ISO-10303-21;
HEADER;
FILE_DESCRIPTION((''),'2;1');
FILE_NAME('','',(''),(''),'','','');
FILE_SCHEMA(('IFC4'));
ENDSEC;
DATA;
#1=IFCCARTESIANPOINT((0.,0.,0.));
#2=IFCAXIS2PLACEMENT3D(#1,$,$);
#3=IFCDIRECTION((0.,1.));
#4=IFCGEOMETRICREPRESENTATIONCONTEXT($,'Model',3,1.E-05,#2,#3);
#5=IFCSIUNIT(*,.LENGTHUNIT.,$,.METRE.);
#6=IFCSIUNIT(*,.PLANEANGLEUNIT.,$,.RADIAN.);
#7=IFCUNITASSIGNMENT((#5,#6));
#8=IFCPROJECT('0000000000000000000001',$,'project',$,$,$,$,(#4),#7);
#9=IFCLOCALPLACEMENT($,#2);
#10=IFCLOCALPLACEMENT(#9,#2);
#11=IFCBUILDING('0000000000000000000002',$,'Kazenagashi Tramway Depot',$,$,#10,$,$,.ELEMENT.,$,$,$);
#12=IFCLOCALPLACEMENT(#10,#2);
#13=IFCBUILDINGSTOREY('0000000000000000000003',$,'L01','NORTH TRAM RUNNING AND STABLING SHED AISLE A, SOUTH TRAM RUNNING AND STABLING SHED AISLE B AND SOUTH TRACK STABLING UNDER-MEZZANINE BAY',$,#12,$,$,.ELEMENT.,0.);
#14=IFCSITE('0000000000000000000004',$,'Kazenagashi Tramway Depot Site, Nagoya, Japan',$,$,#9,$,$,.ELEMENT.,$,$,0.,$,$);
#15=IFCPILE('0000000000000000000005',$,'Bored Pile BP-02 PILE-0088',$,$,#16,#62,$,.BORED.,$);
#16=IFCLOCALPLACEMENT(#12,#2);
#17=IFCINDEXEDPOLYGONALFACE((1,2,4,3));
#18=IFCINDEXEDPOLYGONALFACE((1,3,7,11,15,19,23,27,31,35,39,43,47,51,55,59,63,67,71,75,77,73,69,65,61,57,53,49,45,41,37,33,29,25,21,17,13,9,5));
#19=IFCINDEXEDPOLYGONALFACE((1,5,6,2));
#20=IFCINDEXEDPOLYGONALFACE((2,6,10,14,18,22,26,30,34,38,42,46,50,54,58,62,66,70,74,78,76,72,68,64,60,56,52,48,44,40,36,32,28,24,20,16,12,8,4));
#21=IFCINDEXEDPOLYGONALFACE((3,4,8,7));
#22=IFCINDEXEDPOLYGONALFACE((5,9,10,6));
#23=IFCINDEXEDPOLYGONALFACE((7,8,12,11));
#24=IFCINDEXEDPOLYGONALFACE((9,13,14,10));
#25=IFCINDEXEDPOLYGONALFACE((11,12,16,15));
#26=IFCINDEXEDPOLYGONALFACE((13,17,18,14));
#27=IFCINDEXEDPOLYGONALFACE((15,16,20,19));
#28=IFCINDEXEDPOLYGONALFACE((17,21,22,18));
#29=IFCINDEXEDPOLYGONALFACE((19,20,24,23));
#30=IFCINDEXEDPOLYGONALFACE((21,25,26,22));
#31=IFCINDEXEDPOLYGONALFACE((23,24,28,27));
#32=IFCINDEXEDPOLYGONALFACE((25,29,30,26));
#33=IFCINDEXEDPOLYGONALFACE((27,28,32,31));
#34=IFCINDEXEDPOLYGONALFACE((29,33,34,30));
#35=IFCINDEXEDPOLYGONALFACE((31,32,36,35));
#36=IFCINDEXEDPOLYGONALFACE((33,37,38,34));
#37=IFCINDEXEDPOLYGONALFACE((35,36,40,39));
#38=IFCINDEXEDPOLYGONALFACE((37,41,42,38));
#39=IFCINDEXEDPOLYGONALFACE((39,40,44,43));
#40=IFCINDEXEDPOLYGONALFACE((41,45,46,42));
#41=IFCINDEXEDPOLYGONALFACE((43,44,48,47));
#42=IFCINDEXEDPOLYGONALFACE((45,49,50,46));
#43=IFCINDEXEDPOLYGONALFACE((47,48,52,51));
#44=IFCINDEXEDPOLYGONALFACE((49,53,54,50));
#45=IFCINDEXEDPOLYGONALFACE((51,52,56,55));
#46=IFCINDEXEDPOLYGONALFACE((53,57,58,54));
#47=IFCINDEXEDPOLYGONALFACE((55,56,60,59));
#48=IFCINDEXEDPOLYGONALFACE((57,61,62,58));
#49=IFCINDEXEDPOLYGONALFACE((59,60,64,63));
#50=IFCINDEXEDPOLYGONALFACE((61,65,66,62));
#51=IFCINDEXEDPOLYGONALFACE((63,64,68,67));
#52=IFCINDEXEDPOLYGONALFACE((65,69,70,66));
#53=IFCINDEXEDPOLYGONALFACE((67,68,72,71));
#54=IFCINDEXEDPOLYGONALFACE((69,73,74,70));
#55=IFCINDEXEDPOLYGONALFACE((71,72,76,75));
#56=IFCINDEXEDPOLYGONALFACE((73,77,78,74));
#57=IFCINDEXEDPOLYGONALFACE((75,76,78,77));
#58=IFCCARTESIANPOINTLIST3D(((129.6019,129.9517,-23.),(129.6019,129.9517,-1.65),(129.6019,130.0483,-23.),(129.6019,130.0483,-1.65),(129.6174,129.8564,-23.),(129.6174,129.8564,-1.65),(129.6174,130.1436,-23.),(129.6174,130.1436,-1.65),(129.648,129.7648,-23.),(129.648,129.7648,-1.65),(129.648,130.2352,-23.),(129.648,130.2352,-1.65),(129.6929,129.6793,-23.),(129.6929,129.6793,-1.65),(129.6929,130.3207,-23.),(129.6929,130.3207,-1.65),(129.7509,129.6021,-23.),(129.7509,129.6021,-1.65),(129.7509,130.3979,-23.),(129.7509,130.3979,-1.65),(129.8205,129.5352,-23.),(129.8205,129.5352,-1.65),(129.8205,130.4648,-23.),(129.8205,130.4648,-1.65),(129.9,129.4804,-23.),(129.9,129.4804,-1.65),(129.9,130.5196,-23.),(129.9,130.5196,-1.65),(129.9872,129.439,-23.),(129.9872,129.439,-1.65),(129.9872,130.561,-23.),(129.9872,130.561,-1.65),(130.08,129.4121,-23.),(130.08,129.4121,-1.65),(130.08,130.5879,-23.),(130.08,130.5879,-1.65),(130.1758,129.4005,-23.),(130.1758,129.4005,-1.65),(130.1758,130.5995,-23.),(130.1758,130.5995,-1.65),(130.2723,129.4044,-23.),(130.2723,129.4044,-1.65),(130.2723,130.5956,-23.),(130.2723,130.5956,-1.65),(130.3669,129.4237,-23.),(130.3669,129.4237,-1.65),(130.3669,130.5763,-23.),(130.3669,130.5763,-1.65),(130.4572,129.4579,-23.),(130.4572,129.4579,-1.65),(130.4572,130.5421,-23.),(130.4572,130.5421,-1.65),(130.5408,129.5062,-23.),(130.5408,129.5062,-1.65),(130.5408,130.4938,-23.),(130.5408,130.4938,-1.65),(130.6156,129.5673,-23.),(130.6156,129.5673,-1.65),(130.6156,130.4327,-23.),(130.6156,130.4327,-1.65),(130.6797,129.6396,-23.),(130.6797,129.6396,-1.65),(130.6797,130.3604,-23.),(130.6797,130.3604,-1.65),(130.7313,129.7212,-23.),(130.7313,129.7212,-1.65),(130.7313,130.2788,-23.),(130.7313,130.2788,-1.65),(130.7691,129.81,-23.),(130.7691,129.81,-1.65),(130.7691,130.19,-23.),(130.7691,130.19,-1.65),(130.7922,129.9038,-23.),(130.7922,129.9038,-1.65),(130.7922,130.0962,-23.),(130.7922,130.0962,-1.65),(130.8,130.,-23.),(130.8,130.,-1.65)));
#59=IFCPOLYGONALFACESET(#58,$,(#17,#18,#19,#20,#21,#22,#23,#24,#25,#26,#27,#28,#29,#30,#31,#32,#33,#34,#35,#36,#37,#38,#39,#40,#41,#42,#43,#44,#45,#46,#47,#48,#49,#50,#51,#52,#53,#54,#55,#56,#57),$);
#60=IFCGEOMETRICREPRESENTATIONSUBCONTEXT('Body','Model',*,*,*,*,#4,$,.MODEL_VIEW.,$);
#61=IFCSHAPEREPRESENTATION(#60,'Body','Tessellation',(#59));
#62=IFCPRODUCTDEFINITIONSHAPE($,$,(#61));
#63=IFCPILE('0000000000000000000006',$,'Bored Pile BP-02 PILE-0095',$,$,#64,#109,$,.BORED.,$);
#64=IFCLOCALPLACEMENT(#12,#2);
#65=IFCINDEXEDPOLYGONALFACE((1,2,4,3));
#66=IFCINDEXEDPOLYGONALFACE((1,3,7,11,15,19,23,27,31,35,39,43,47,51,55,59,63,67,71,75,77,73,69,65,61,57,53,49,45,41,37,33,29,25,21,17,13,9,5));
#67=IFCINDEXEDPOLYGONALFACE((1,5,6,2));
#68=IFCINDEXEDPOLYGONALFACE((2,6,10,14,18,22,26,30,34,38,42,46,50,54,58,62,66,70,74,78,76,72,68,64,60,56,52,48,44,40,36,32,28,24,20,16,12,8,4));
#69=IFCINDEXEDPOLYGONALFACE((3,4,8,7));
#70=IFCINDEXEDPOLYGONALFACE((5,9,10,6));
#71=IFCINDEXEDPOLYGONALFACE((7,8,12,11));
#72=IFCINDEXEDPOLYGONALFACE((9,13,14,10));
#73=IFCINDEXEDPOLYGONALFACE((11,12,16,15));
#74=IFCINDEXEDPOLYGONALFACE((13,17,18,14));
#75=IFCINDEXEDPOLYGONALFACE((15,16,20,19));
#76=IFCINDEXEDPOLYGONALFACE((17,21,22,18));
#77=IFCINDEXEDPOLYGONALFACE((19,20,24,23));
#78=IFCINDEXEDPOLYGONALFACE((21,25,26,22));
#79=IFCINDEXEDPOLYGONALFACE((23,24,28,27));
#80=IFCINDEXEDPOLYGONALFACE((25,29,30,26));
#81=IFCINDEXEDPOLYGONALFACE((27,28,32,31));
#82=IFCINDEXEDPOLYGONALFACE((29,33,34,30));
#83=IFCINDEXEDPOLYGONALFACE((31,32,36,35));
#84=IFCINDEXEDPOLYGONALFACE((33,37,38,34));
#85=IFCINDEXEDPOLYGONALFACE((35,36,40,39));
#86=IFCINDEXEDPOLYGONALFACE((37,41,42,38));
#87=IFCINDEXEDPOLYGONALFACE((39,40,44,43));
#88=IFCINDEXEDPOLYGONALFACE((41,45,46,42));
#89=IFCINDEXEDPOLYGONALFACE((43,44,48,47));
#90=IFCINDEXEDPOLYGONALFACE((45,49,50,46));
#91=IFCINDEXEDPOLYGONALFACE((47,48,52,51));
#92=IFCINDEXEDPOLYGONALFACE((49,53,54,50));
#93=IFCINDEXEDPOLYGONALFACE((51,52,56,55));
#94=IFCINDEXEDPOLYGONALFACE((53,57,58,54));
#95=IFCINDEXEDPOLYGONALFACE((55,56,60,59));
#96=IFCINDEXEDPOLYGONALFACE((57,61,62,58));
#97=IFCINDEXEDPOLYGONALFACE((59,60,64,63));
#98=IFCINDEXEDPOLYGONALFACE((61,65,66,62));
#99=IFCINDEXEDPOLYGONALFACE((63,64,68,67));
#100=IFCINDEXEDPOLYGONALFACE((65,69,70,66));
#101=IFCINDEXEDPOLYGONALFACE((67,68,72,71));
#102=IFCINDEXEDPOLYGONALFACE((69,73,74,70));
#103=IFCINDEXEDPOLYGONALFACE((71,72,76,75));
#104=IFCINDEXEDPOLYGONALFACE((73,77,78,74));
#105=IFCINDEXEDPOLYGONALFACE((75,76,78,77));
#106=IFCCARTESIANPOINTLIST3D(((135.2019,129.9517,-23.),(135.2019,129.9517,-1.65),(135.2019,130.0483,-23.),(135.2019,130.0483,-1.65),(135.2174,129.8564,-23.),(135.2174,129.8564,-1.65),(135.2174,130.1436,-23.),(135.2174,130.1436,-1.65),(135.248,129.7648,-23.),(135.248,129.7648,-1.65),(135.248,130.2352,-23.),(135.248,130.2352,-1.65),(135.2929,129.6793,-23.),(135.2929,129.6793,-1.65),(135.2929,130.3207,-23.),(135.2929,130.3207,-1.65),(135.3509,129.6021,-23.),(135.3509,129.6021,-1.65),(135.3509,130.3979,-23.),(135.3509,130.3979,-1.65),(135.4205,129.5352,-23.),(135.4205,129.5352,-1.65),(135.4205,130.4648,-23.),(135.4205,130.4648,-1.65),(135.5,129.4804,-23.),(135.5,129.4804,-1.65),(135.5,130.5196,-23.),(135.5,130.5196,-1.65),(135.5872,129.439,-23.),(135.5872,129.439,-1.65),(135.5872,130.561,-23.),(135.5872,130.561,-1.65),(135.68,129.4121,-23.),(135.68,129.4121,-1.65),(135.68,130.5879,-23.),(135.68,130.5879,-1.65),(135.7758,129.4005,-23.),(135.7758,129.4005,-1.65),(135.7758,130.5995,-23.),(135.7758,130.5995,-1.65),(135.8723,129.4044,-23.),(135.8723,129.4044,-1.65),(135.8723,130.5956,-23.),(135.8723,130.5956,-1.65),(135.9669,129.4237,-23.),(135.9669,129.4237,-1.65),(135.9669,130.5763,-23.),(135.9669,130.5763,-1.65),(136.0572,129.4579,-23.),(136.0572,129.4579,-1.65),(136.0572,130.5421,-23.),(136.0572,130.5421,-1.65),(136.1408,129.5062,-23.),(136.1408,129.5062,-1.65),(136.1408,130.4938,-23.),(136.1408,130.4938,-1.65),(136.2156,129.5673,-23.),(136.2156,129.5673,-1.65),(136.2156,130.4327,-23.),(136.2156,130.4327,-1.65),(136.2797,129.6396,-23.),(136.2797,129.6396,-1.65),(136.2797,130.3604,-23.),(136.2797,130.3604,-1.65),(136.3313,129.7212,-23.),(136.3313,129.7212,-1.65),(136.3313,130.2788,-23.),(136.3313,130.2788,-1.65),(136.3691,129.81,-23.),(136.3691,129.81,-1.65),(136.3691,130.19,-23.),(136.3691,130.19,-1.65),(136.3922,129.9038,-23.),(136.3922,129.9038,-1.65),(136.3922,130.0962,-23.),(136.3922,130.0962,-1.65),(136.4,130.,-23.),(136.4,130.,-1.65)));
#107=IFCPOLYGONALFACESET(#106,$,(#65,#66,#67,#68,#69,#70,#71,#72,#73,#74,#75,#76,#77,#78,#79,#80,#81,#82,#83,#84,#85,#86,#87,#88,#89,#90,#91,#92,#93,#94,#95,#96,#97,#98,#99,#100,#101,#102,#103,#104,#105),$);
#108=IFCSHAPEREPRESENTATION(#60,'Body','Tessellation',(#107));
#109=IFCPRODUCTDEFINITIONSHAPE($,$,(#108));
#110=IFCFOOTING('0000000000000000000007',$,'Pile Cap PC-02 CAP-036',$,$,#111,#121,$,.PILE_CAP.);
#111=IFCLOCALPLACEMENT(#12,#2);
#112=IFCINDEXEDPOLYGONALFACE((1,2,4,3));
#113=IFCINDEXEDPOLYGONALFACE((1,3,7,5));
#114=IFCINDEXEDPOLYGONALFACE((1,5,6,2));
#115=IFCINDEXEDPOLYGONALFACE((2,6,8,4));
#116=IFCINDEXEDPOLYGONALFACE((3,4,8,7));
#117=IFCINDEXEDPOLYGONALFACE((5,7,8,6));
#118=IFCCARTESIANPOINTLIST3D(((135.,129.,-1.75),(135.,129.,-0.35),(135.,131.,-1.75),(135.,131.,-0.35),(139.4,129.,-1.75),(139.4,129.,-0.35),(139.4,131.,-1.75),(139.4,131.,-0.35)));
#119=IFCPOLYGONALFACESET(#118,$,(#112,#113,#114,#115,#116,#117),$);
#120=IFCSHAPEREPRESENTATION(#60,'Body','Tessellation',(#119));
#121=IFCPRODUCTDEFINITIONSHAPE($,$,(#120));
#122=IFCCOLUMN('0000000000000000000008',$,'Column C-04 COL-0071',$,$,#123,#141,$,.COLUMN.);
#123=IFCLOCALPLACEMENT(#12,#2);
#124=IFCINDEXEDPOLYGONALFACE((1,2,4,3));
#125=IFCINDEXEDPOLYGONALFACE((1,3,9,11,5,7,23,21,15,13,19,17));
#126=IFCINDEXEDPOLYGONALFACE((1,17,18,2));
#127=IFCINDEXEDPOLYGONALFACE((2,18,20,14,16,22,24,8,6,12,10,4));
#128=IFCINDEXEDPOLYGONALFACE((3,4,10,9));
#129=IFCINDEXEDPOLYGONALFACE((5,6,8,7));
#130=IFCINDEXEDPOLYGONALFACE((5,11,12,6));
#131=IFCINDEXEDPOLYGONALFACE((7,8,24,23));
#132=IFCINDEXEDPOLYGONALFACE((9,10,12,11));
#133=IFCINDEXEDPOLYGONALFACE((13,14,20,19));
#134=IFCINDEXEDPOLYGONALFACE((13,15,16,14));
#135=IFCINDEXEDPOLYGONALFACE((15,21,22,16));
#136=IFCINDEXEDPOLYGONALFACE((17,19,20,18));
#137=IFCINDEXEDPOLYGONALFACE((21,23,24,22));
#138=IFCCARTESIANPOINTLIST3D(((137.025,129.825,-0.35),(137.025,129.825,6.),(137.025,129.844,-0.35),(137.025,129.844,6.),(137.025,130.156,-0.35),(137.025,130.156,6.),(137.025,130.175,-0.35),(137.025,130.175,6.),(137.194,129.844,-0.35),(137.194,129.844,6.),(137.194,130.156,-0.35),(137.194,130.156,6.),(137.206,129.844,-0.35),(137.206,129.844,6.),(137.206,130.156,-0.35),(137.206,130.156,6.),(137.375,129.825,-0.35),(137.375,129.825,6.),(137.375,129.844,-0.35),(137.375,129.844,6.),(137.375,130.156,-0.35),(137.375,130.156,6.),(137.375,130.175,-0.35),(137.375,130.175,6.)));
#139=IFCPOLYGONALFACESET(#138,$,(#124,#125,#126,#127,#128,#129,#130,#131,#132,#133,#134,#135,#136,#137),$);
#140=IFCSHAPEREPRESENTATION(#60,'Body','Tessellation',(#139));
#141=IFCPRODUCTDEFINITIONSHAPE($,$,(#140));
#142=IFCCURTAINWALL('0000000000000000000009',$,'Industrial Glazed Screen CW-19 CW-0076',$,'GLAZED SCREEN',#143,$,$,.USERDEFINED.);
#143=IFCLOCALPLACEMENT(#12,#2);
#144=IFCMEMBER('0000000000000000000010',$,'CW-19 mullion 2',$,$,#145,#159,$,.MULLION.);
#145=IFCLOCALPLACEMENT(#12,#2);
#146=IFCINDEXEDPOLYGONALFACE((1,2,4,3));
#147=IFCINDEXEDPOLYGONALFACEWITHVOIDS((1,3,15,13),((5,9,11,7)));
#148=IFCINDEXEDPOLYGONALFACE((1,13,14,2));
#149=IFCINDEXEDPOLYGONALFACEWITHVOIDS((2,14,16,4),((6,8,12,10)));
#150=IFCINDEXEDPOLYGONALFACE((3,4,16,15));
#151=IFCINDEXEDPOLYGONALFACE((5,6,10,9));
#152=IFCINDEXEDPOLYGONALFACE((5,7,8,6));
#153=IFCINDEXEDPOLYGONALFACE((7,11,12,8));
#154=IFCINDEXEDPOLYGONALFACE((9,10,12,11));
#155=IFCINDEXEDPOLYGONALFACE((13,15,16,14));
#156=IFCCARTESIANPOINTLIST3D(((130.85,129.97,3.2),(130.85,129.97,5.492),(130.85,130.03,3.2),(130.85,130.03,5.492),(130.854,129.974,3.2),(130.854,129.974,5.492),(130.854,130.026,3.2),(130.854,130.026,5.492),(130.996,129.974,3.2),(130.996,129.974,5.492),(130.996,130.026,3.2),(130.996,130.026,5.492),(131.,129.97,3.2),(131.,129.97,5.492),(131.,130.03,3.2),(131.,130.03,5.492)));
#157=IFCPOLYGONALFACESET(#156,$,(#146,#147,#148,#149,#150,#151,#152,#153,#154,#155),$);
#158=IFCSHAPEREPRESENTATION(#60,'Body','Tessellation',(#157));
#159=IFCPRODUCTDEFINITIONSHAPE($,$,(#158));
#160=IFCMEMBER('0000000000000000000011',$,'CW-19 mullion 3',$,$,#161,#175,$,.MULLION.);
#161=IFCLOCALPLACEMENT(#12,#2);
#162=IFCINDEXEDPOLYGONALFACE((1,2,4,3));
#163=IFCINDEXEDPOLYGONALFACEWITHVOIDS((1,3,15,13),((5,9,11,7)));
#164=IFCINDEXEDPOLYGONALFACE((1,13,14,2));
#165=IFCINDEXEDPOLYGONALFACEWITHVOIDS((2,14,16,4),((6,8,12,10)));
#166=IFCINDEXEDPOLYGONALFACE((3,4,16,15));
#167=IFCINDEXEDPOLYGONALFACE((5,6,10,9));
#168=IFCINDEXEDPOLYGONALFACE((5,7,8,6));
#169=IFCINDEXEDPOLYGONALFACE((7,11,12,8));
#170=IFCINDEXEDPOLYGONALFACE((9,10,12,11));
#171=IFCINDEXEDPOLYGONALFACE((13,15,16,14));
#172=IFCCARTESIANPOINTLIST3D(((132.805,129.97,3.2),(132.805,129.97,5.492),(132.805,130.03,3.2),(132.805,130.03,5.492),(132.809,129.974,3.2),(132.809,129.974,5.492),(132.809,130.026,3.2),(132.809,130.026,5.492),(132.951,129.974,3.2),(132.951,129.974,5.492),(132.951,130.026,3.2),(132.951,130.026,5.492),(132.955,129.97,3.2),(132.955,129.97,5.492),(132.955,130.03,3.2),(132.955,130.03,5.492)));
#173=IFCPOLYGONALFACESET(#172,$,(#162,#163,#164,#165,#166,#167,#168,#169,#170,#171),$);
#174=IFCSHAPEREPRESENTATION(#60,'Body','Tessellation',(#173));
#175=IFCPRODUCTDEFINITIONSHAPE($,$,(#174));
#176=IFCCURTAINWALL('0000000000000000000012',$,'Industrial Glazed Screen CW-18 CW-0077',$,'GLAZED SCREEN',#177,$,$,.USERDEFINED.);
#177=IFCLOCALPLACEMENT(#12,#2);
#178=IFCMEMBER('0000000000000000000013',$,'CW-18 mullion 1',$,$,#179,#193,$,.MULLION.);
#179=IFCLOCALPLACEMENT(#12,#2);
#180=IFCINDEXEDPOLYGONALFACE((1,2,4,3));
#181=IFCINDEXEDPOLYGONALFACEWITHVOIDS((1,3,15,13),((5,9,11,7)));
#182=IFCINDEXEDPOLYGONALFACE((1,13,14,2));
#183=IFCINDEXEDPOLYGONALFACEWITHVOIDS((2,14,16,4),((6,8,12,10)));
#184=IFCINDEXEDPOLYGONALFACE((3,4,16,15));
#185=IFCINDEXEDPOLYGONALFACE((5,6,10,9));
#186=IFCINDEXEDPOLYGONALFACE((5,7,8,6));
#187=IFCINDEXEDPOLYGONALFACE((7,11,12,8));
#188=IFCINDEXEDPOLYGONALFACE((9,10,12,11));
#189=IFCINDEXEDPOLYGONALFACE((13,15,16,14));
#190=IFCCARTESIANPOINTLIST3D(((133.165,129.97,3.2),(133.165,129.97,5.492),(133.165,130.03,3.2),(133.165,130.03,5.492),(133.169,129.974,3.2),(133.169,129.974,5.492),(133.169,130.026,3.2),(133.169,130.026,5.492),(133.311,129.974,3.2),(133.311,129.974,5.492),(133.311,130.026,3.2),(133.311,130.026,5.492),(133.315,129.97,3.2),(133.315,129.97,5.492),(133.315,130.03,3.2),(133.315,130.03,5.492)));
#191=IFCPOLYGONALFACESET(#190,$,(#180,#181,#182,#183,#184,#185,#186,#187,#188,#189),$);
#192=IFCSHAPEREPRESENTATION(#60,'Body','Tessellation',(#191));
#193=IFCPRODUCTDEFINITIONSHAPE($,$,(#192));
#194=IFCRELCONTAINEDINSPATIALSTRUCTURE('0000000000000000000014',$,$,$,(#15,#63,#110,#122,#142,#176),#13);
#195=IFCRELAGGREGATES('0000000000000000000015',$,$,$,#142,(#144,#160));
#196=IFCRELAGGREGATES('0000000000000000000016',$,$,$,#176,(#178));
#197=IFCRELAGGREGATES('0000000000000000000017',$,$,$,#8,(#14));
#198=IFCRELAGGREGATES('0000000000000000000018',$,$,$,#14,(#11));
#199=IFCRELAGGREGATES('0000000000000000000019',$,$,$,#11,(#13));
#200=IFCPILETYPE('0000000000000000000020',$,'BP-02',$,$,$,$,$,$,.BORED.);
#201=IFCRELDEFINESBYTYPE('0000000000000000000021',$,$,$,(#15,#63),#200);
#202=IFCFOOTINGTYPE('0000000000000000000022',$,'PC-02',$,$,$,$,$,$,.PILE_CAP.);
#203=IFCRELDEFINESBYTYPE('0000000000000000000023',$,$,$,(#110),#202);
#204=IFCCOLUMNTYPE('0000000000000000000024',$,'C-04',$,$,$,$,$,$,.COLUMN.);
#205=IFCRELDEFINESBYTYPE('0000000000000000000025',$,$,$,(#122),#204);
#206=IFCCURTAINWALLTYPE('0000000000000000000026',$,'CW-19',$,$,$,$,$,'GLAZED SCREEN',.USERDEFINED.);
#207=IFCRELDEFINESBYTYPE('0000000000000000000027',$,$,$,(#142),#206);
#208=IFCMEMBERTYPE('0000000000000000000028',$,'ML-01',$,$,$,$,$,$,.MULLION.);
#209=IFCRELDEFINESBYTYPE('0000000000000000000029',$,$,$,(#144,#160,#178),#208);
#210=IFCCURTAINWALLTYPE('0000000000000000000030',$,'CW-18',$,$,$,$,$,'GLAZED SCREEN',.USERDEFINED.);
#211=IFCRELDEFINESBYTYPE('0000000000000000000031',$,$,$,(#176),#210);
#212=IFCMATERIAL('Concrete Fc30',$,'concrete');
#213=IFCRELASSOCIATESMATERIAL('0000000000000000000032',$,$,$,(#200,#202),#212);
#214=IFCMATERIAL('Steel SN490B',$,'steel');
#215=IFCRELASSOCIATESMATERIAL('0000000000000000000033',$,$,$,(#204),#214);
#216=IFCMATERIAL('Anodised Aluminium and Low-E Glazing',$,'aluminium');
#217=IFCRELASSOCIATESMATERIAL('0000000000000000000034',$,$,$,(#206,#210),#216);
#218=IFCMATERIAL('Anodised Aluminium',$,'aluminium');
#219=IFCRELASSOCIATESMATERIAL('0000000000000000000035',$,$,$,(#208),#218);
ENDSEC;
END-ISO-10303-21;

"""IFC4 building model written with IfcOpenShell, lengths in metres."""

from ifc_helpers import new_model, si_unit, direction, frame, origin, origin_2d, place, context, subcontext, project, spatial, rectangle, hollow_rectangle, circle, i_section, extrude, material, material_profile, profile_set, type_object, element, aggregate, save


model = new_model("IFC4")

# Units and contexts
model_context = context("Model", 3, precision=1e-05, world=origin(), true_north=direction((0.0, 1.0)))
body_context = subcontext(model_context, "Body", "Model", "MODEL_VIEW")
ifc_project = project(units=[si_unit("LENGTHUNIT", "METRE"), si_unit("PLANEANGLEUNIT", "RADIAN")], contexts=[model_context])

# Site, building, storey
site_placement = place(None, origin())
site = spatial("IfcSite", under=ifc_project, at=site_placement, Name="Kazenagashi Tramway Depot Site, Nagoya, Japan", CompositionType="ELEMENT", RefElevation=0.0)
building_placement = place(site_placement, origin())
building = spatial("IfcBuilding", under=site, at=building_placement, Name="Kazenagashi Tramway Depot", CompositionType="ELEMENT")
storey_placement = place(building_placement, origin())
storey = spatial("IfcBuildingStorey", under=building, at=storey_placement, Name="L01", Description="NORTH TRAM RUNNING AND STABLING SHED AISLE A, SOUTH TRAM RUNNING AND STABLING SHED AISLE B AND SOUTH TRACK STABLING UNDER-MEZZANINE BAY", CompositionType="ELEMENT", Elevation=0.0)

# Piles
ifc_material_1 = material(Name="Concrete Fc30", Category="concrete")
ifc_material_profile_1 = material_profile(ifc_material_1, circle(Radius=0.6, at=origin_2d()), Name="PILE-1200")
ifc_profile_set_1 = profile_set([ifc_material_profile_1], Name="Concrete Fc30")
pile_type = type_object("IfcPileType", Name="BP-02", PredefinedType="BORED", material=ifc_profile_set_1)
for number, where, z_axis, x_axis, name in (
    (1, (130.2, 130.0, -1.65), (0.0, 0.0, -1.0), (1.0, 0.0, 0.0), "Bored Pile BP-02 PILE-0088"),
    (2, (135.8, 130.0, -1.65), (0.0, 0.0, -1.0), (1.0, 0.0, 0.0), "Bored Pile BP-02 PILE-0095"),
):
    element("IfcPile", number, at=place(storey_placement, frame(where, z_axis=z_axis, x_axis=x_axis)), inside=storey, type_object=pile_type, Name=name, PredefinedType="BORED", context=body_context, shape_type="SweptSolid", body=[
        extrude(circle(Radius=0.6, at=origin_2d()), origin(), (0.0, 0.0, 1.0), 21.35),
    ])

# Footing
footing_type = type_object("IfcFootingType", Name="PC-02", PredefinedType="PILE_CAP", material=ifc_material_1)
footing_placement = place(storey_placement, frame((137.2, 130.0, -1.75), z_axis=(0.0, 0.0, 1.0), x_axis=(1.0, 0.0, 0.0)))
element("IfcFooting", 3, at=footing_placement, inside=storey, type_object=footing_type, Name="Pile Cap PC-02 CAP-036", PredefinedType="PILE_CAP", context=body_context, shape_type="SweptSolid", body=[
    extrude(rectangle(XDim=4.4, YDim=2.0, at=origin_2d()), origin(), (0.0, 0.0, 1.0), 1.4),
])

# Column
ifc_material_2 = material(Name="Steel SN490B", Category="steel")
ifc_material_profile_2 = material_profile(ifc_material_2, i_section(OverallWidth=0.35, OverallDepth=0.35, WebThickness=0.012, FlangeThickness=0.019, at=origin_2d()), Name="H-350x350x12x19")
ifc_profile_set_2 = profile_set([ifc_material_profile_2], Name="Steel SN490B")
column_type = type_object("IfcColumnType", Name="C-04", PredefinedType="COLUMN", material=ifc_profile_set_2)
column_placement = place(storey_placement, frame((137.2, 130.0, -0.35), z_axis=(0.0, 0.0, 1.0), x_axis=(1.0, 0.0, 0.0)))
element("IfcColumn", 4, at=column_placement, inside=storey, type_object=column_type, Name="Column C-04 COL-0071", PredefinedType="COLUMN", context=body_context, shape_type="SweptSolid", body=[
    extrude(i_section(OverallWidth=0.35, OverallDepth=0.35, WebThickness=0.012, FlangeThickness=0.019, at=origin_2d()), origin(), (0.0, 0.0, 1.0), 6.35),
])

# Curtain walls, members
ifc_material_3 = material(Name="Anodised Aluminium and Low-E Glazing", Category="aluminium")
curtain_wall_type_1 = type_object("IfcCurtainWallType", Name="CW-19", ElementType="GLAZED SCREEN", PredefinedType="USERDEFINED", material=ifc_material_3)
curtain_wall_1_placement = place(storey_placement, origin())
curtain_wall_1 = element("IfcCurtainWall", 5, at=curtain_wall_1_placement, inside=storey, type_object=curtain_wall_type_1, Name="Industrial Glazed Screen CW-19 CW-0076", ObjectType="GLAZED SCREEN", PredefinedType="USERDEFINED")
ifc_material_4 = material(Name="Anodised Aluminium", Category="aluminium")
ifc_material_profile_3 = material_profile(ifc_material_4, hollow_rectangle(XDim=0.06, YDim=0.15, WallThickness=0.004, at=origin_2d()), Name="RHS-150x60x4")
ifc_profile_set_3 = profile_set([ifc_material_profile_3], Name="Anodised Aluminium")
member_type_1 = type_object("IfcMemberType", Name="ML-01", PredefinedType="MULLION", material=ifc_profile_set_3)
member_1_placement = place(storey_placement, frame((130.925, 130.0, 3.2), z_axis=(0.0, 0.0, 1.0), x_axis=(0.0, 1.0, 0.0)))
member_1 = element("IfcMember", 6, at=member_1_placement, type_object=member_type_1, Name="CW-19 mullion 2", PredefinedType="MULLION", context=body_context, shape_type="SweptSolid", body=[
    extrude(hollow_rectangle(XDim=0.06, YDim=0.15, WallThickness=0.004, at=origin_2d()), origin(), (0.0, 0.0, 1.0), 2.292),
])
member_2_placement = place(storey_placement, frame((132.88, 130.0, 3.2), z_axis=(0.0, 0.0, 1.0), x_axis=(0.0, 1.0, 0.0)))
member_2 = element("IfcMember", 7, at=member_2_placement, type_object=member_type_1, Name="CW-19 mullion 3", PredefinedType="MULLION", context=body_context, shape_type="SweptSolid", body=[
    extrude(hollow_rectangle(XDim=0.06, YDim=0.15, WallThickness=0.004, at=origin_2d()), origin(), (0.0, 0.0, 1.0), 2.292),
])
curtain_wall_type_2 = type_object("IfcCurtainWallType", Name="CW-18", ElementType="GLAZED SCREEN", PredefinedType="USERDEFINED", material=ifc_material_3)
curtain_wall_2_placement = place(storey_placement, origin())
curtain_wall_2 = element("IfcCurtainWall", 8, at=curtain_wall_2_placement, inside=storey, type_object=curtain_wall_type_2, Name="Industrial Glazed Screen CW-18 CW-0077", ObjectType="GLAZED SCREEN", PredefinedType="USERDEFINED")
member_3_placement = place(storey_placement, frame((133.24, 130.0, 3.2), z_axis=(0.0, 0.0, 1.0), x_axis=(0.0, 1.0, 0.0)))
member_3 = element("IfcMember", 9, at=member_3_placement, type_object=member_type_1, Name="CW-18 mullion 1", PredefinedType="MULLION", context=body_context, shape_type="SweptSolid", body=[
    extrude(hollow_rectangle(XDim=0.06, YDim=0.15, WallThickness=0.004, at=origin_2d()), origin(), (0.0, 0.0, 1.0), 2.292),
])

aggregate(curtain_wall_1, [member_1, member_2])
aggregate(curtain_wall_2, [member_3])

save(model, "model.ifc")
